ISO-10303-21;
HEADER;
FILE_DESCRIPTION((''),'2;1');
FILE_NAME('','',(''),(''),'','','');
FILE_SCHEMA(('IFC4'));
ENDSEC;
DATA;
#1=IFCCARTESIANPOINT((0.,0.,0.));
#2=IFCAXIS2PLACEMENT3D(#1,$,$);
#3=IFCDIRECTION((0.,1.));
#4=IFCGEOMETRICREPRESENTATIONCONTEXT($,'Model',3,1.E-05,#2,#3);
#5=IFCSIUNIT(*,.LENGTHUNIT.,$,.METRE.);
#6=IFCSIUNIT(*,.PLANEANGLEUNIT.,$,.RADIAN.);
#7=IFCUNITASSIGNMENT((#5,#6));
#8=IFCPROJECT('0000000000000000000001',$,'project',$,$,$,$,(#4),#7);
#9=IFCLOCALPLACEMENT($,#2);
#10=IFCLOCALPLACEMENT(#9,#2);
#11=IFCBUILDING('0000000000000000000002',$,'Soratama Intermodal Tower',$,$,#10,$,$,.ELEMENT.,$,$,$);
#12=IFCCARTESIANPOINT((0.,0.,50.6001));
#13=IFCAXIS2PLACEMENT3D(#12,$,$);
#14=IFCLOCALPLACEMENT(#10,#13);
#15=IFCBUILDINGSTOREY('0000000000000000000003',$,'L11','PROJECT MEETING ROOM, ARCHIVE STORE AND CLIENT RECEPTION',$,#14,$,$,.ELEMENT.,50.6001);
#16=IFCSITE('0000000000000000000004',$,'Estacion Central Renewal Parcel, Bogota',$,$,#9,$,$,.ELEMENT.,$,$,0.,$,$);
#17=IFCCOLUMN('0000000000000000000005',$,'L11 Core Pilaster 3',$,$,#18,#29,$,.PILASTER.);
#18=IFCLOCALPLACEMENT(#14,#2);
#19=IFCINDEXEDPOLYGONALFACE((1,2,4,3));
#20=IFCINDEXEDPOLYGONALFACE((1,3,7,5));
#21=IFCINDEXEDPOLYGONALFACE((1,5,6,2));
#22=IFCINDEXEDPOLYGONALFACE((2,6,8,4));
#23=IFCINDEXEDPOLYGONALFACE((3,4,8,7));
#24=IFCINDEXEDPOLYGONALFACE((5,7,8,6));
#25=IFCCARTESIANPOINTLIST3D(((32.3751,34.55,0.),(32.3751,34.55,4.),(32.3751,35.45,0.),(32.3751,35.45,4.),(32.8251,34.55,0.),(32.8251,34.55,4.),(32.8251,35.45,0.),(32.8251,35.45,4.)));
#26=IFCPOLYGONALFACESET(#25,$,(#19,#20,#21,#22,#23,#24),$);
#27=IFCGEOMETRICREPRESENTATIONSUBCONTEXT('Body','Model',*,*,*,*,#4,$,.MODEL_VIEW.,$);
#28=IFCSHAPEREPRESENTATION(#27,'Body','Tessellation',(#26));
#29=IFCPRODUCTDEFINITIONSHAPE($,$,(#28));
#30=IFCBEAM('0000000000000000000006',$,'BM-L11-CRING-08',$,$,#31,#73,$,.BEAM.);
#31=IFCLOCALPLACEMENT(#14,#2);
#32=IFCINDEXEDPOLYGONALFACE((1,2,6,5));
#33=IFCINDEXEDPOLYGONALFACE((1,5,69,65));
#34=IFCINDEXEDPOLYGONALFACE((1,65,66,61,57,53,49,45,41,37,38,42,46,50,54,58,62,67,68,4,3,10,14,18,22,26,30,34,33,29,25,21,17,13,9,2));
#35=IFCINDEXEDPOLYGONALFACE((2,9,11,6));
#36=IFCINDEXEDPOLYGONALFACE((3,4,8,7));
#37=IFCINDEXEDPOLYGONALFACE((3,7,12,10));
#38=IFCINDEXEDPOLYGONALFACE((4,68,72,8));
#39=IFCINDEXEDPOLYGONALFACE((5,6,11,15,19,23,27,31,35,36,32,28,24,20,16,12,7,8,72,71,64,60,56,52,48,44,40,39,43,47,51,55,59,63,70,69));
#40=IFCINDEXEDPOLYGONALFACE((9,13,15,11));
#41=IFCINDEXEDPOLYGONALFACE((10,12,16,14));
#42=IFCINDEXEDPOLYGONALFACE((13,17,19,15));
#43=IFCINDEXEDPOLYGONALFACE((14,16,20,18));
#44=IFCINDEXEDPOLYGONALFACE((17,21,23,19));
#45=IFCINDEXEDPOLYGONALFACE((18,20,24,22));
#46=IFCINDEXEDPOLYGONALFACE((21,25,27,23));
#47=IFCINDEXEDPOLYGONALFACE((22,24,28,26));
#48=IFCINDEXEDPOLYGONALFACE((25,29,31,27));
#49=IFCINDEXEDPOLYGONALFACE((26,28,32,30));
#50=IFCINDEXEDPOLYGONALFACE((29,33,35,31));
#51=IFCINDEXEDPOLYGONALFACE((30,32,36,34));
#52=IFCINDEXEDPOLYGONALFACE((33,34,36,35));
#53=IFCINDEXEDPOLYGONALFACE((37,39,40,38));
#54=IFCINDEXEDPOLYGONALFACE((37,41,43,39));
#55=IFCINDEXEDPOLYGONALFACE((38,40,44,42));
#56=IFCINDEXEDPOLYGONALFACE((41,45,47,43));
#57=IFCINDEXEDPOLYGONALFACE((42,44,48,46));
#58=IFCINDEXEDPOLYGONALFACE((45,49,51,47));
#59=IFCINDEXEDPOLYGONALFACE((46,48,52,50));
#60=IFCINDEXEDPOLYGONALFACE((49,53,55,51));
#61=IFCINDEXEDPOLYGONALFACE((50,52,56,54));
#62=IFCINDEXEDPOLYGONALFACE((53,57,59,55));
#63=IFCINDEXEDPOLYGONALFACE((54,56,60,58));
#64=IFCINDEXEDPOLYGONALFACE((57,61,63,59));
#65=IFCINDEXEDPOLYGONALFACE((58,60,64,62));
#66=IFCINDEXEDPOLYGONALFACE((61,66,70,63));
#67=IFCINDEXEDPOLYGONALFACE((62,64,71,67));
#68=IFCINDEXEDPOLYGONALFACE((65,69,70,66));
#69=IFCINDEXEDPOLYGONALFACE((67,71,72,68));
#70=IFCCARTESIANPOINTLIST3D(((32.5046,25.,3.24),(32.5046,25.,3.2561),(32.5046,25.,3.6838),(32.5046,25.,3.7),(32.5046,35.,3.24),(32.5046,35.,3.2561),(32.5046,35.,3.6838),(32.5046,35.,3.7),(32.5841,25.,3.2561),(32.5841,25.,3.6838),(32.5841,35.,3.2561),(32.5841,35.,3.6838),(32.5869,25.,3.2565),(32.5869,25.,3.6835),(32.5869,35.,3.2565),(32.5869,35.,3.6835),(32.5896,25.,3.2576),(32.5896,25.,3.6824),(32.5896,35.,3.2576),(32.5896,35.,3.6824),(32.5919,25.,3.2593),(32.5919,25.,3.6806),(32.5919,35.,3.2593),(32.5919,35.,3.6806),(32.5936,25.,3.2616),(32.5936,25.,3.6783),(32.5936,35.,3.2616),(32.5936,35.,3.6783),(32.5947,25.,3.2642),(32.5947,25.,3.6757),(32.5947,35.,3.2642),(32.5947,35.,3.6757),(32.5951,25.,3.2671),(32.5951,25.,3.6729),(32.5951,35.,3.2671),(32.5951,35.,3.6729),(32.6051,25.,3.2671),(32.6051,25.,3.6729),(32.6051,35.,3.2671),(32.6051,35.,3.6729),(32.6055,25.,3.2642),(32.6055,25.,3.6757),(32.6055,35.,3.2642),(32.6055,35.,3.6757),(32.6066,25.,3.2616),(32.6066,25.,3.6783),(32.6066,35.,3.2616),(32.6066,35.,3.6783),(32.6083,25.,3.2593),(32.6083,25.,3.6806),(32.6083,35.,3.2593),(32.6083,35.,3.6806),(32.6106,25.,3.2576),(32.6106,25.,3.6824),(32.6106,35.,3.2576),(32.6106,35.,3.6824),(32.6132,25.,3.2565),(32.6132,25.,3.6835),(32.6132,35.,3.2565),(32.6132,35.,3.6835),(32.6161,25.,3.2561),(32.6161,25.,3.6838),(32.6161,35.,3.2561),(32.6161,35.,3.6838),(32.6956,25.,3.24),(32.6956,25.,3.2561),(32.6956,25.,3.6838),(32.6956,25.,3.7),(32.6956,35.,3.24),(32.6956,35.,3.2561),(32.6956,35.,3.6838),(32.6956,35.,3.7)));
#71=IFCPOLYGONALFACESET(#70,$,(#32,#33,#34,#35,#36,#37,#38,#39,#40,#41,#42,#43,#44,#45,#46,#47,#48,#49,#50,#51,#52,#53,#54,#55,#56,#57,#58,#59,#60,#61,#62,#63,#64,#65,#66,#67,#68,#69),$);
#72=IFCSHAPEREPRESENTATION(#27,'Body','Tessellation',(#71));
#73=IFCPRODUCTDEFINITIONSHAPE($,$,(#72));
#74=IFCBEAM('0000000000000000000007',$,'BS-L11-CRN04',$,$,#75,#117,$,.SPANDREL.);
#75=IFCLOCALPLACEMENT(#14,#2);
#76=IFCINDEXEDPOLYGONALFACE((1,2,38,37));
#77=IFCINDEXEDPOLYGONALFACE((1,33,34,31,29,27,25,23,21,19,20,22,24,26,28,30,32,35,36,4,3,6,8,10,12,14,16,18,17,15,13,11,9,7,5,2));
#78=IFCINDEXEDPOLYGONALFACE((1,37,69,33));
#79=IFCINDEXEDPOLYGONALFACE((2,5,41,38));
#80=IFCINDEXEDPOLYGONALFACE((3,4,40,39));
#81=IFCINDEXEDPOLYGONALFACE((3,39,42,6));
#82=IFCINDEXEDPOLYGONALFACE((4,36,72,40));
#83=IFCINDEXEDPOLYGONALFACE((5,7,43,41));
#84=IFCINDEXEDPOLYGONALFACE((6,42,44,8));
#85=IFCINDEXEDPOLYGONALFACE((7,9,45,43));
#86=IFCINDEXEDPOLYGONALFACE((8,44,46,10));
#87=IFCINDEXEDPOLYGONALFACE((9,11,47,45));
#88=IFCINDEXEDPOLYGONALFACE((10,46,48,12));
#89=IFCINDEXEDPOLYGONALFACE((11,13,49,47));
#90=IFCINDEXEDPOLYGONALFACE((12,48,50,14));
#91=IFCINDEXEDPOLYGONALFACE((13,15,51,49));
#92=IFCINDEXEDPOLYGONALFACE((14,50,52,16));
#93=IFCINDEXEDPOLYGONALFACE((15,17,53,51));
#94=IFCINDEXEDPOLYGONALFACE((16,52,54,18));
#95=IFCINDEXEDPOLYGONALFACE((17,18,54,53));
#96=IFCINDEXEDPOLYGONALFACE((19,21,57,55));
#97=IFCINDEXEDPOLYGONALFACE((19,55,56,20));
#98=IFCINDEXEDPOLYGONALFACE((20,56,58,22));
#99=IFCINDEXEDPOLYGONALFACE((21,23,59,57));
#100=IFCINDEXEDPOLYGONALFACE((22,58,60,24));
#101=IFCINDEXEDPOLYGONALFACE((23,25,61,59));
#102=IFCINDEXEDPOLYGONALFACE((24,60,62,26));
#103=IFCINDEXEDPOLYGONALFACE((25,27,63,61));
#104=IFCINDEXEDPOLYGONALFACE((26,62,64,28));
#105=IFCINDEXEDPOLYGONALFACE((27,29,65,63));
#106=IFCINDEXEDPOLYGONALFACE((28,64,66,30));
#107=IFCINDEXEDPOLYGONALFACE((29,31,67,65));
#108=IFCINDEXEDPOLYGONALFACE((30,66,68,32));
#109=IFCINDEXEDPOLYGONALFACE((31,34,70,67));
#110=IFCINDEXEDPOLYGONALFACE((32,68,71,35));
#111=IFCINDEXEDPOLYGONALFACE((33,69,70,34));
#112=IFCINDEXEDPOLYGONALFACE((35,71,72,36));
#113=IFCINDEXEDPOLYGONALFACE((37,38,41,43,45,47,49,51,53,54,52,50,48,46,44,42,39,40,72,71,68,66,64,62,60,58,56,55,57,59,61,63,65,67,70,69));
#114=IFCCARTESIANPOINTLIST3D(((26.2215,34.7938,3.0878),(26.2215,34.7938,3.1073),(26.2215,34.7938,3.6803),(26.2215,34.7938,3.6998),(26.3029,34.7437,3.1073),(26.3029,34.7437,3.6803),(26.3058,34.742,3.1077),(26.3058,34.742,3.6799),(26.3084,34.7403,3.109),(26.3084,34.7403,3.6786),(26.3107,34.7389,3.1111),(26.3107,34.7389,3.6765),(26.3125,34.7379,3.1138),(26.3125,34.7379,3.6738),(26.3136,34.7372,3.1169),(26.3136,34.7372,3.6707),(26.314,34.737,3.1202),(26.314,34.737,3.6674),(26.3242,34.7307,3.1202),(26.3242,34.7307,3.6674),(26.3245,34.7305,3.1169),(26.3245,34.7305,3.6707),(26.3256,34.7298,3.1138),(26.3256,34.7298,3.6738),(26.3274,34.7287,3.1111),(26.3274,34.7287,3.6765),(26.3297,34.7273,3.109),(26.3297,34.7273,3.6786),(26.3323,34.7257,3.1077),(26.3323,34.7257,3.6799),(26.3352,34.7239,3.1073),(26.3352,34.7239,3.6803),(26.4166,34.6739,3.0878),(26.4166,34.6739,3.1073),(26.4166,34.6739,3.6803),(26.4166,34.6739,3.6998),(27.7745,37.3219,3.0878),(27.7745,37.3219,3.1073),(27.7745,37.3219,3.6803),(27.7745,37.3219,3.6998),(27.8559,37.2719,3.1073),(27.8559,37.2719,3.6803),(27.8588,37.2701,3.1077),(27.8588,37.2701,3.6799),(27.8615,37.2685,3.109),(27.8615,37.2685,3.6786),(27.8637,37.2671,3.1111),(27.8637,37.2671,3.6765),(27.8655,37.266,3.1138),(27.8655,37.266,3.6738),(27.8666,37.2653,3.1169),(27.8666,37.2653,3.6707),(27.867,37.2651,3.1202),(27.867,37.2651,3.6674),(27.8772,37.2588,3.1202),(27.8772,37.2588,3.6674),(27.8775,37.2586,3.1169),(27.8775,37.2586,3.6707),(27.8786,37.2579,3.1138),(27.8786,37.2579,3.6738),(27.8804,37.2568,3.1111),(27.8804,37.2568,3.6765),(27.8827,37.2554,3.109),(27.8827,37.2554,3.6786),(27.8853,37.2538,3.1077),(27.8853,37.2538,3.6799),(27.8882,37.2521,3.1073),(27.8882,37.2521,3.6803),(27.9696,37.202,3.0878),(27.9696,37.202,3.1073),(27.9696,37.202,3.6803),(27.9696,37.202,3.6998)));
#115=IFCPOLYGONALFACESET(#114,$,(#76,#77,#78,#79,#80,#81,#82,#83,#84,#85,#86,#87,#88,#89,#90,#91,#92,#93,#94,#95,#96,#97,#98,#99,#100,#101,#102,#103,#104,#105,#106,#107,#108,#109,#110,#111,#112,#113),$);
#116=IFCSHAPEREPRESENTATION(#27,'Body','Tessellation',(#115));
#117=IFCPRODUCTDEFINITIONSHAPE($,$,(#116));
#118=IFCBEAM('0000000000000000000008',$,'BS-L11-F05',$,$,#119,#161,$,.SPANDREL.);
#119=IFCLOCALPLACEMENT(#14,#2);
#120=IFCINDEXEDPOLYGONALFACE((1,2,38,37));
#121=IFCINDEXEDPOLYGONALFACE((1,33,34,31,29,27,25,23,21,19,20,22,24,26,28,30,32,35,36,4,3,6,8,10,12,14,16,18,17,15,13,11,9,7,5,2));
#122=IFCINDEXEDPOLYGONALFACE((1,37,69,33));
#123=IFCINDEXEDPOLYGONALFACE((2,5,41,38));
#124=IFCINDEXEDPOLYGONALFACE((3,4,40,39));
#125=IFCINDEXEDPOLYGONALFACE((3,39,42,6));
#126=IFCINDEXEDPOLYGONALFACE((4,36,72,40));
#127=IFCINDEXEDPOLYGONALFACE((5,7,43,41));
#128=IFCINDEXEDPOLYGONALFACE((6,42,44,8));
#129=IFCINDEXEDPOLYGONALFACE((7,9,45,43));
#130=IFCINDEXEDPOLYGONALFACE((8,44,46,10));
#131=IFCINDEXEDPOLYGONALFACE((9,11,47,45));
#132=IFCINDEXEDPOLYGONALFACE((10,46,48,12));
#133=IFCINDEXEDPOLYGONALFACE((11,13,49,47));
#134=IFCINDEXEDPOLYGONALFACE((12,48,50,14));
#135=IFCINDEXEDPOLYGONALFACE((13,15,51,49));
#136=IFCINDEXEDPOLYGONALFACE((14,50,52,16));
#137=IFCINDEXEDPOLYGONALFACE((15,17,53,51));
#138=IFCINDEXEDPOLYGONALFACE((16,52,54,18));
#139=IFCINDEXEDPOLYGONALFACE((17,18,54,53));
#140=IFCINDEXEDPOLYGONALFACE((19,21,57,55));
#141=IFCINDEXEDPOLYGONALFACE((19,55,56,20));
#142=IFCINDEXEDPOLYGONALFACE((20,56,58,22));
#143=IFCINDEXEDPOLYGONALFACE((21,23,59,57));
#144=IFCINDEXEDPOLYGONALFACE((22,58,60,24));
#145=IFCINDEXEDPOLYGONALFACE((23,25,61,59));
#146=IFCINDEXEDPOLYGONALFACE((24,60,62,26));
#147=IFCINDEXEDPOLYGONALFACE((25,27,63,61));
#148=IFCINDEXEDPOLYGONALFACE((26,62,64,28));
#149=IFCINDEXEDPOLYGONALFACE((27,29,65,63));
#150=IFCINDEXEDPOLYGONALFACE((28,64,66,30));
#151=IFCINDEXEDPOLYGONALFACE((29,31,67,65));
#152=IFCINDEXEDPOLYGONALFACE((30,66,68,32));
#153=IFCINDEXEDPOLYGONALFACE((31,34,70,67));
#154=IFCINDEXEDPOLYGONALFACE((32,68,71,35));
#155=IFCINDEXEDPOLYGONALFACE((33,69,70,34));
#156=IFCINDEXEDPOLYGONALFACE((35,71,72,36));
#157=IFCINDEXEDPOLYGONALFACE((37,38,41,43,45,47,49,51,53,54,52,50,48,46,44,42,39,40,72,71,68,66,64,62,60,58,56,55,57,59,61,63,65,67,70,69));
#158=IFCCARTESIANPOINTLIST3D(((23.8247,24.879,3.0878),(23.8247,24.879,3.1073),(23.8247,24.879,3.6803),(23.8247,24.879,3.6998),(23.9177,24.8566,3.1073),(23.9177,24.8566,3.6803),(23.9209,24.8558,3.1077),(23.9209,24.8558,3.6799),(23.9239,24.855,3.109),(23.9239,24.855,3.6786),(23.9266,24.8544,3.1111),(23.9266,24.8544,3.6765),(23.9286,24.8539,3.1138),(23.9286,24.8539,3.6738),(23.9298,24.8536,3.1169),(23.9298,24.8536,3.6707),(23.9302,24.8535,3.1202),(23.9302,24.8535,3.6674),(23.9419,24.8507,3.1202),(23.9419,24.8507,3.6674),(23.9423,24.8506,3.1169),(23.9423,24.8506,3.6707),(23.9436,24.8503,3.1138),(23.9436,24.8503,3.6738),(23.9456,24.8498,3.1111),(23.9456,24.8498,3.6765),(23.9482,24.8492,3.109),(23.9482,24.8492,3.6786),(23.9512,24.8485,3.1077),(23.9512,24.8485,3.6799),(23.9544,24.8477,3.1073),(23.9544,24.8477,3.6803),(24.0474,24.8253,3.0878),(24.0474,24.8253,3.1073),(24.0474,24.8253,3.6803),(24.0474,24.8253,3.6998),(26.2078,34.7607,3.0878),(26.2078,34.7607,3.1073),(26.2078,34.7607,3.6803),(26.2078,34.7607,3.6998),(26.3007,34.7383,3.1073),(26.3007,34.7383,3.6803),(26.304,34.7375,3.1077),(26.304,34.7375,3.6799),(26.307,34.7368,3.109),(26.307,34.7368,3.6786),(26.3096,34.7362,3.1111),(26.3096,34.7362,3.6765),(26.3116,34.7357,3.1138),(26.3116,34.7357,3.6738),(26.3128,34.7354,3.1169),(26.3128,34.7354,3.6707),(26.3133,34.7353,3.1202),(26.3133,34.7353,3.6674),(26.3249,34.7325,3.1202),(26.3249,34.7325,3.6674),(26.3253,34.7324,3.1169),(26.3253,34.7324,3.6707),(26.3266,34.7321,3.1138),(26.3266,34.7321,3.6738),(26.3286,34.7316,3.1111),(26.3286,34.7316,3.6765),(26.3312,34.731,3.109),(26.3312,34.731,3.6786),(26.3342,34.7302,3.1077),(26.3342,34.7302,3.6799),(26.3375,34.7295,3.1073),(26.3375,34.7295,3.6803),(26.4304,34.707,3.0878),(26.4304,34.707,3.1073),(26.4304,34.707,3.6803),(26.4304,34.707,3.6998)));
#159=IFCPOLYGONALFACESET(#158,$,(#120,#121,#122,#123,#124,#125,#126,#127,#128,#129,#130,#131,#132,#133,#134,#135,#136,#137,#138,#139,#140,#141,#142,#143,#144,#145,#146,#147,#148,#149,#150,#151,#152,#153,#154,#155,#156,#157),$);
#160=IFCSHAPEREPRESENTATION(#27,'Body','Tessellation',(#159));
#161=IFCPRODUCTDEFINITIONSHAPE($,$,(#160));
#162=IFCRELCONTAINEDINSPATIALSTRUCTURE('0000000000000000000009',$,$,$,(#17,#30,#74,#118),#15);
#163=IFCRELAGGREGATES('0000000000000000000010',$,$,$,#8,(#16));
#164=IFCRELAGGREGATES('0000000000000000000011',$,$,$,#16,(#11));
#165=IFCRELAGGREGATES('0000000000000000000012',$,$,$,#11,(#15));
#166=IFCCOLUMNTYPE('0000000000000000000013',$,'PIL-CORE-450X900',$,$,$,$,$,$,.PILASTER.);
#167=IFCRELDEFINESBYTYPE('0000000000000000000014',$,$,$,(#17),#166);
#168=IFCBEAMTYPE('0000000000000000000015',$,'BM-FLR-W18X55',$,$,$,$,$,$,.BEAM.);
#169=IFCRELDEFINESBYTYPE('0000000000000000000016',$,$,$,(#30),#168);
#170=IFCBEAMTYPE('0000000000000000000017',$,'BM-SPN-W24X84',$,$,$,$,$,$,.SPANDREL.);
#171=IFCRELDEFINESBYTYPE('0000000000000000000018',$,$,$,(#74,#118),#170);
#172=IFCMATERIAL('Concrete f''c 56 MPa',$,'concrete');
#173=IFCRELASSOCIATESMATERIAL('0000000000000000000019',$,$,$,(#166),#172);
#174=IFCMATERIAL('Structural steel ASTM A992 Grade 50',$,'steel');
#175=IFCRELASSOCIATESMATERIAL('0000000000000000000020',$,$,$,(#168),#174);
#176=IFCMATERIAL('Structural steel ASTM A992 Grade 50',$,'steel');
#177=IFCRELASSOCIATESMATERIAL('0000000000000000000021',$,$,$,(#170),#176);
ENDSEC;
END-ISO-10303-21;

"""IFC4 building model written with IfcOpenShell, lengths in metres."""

from ifc_helpers import new_model, si_unit, direction, frame, origin, origin_2d, place, context, subcontext, project, spatial, rectangle, i_section, extrude, material, material_profile, profile_set, type_object, element, save


model = new_model("IFC4")

# Units and contexts
model_context = context("Model", 3, precision=1e-05, world=origin(), true_north=direction((0.0, 1.0)))
body_context = subcontext(model_context, "Body", "Model", "MODEL_VIEW")
ifc_project = project(units=[si_unit("LENGTHUNIT", "METRE"), si_unit("PLANEANGLEUNIT", "RADIAN")], contexts=[model_context])

# Site, building, storey
site_placement = place(None, origin())
site = spatial("IfcSite", under=ifc_project, at=site_placement, Name="Estacion Central Renewal Parcel, Bogota", CompositionType="ELEMENT", RefElevation=0.0)
building_placement = place(site_placement, origin())
building = spatial("IfcBuilding", under=site, at=building_placement, Name="Soratama Intermodal Tower", CompositionType="ELEMENT")
storey_placement = place(building_placement, frame((0.0, 0.0, 50.6001)))
storey = spatial("IfcBuildingStorey", under=building, at=storey_placement, Name="L11", Description="PROJECT MEETING ROOM, ARCHIVE STORE AND CLIENT RECEPTION", CompositionType="ELEMENT", Elevation=50.6001)

# Column
ifc_material_1 = material(Name="Concrete f'c 56 MPa", Category="concrete")
ifc_material_profile_1 = material_profile(ifc_material_1, rectangle(XDim=0.45, YDim=0.8999, at=origin_2d()), Name="RC450X900")
ifc_profile_set_1 = profile_set([ifc_material_profile_1], Name="Concrete f'c 56 MPa")
column_type = type_object("IfcColumnType", Name="PIL-CORE-450X900", PredefinedType="PILASTER", material=ifc_profile_set_1)
column_placement = place(storey_placement, frame((32.6001, 35.0, 0.0), z_axis=(0.0, 0.0, 1.0), x_axis=(1.0, 0.0, 0.0)))
element("IfcColumn", 1, at=column_placement, inside=storey, type_object=column_type, Name="L11 Core Pilaster 3", PredefinedType="PILASTER", context=body_context, shape_type="SweptSolid", body=[
    extrude(rectangle(XDim=0.45, YDim=0.8999, at=origin_2d()), origin(), (0.0, 0.0, 1.0), 4.0),
])

# Beams
ifc_material_2 = material(Name="Structural steel ASTM A992 Grade 50", Category="steel")
ifc_material_profile_2 = material_profile(ifc_material_2, i_section(OverallWidth=0.1909, OverallDepth=0.46, WebThickness=0.01, FlangeThickness=0.0161, FilletRadius=0.011, at=origin_2d()), Name="W18X55")
ifc_profile_set_2 = profile_set([ifc_material_profile_2], Name="Structural steel ASTM A992 Grade 50")
beam_type_1 = type_object("IfcBeamType", Name="BM-FLR-W18X55", PredefinedType="BEAM", material=ifc_profile_set_2)
beam_1_placement = place(storey_placement, frame((32.6001, 35.0, 3.47), z_axis=(0.0, -1.0, 0.0), x_axis=(1.0, 0.0, 0.0)))
element("IfcBeam", 2, at=beam_1_placement, inside=storey, type_object=beam_type_1, Name="BM-L11-CRING-08", PredefinedType="BEAM", context=body_context, shape_type="SweptSolid", body=[
    extrude(i_section(OverallWidth=0.1909, OverallDepth=0.46, WebThickness=0.01, FlangeThickness=0.0161, FilletRadius=0.011, at=origin_2d()), origin(), (0.0, 0.0, 1.0), 10.0),
])
ifc_material_3 = material(Name="Structural steel ASTM A992 Grade 50", Category="steel")
ifc_material_profile_3 = material_profile(ifc_material_3, i_section(OverallWidth=0.229, OverallDepth=0.6121, WebThickness=0.012, FlangeThickness=0.0195, FilletRadius=0.0129, at=origin_2d()), Name="W24X84")
ifc_profile_set_3 = profile_set([ifc_material_profile_3], Name="Structural steel ASTM A992 Grade 50")
beam_type_2 = type_object("IfcBeamType", Name="BM-SPN-W24X84", PredefinedType="SPANDREL", material=ifc_profile_set_3)
beam_2_placement = place(storey_placement, frame((27.8721, 37.262, 3.3938), z_axis=(-0.523422, -0.852073, 0.0), x_axis=(0.852073, -0.523422, 0.0)))
element("IfcBeam", 3, at=beam_2_placement, inside=storey, type_object=beam_type_2, Name="BS-L11-CRN04", PredefinedType="SPANDREL", context=body_context, shape_type="SweptSolid", body=[
    extrude(i_section(OverallWidth=0.229, OverallDepth=0.6121, WebThickness=0.012, FlangeThickness=0.0195, FilletRadius=0.0129, at=origin_2d()), origin(), (0.0, 0.0, 1.0), 2.967),
])
beam_3_placement = place(storey_placement, frame((26.3191, 34.7339, 3.3938), z_axis=(-0.234435, -0.972132, 0.0), x_axis=(0.972132, -0.234435, 0.0)))
element("IfcBeam", 4, at=beam_3_placement, inside=storey, type_object=beam_type_2, Name="BS-L11-F05", PredefinedType="SPANDREL", context=body_context, shape_type="SweptSolid", body=[
    extrude(i_section(OverallWidth=0.229, OverallDepth=0.6121, WebThickness=0.012, FlangeThickness=0.0195, FilletRadius=0.0129, at=origin_2d()), origin(), (0.0, 0.0, 1.0), 10.165),
])

save(model, "model.ifc")
